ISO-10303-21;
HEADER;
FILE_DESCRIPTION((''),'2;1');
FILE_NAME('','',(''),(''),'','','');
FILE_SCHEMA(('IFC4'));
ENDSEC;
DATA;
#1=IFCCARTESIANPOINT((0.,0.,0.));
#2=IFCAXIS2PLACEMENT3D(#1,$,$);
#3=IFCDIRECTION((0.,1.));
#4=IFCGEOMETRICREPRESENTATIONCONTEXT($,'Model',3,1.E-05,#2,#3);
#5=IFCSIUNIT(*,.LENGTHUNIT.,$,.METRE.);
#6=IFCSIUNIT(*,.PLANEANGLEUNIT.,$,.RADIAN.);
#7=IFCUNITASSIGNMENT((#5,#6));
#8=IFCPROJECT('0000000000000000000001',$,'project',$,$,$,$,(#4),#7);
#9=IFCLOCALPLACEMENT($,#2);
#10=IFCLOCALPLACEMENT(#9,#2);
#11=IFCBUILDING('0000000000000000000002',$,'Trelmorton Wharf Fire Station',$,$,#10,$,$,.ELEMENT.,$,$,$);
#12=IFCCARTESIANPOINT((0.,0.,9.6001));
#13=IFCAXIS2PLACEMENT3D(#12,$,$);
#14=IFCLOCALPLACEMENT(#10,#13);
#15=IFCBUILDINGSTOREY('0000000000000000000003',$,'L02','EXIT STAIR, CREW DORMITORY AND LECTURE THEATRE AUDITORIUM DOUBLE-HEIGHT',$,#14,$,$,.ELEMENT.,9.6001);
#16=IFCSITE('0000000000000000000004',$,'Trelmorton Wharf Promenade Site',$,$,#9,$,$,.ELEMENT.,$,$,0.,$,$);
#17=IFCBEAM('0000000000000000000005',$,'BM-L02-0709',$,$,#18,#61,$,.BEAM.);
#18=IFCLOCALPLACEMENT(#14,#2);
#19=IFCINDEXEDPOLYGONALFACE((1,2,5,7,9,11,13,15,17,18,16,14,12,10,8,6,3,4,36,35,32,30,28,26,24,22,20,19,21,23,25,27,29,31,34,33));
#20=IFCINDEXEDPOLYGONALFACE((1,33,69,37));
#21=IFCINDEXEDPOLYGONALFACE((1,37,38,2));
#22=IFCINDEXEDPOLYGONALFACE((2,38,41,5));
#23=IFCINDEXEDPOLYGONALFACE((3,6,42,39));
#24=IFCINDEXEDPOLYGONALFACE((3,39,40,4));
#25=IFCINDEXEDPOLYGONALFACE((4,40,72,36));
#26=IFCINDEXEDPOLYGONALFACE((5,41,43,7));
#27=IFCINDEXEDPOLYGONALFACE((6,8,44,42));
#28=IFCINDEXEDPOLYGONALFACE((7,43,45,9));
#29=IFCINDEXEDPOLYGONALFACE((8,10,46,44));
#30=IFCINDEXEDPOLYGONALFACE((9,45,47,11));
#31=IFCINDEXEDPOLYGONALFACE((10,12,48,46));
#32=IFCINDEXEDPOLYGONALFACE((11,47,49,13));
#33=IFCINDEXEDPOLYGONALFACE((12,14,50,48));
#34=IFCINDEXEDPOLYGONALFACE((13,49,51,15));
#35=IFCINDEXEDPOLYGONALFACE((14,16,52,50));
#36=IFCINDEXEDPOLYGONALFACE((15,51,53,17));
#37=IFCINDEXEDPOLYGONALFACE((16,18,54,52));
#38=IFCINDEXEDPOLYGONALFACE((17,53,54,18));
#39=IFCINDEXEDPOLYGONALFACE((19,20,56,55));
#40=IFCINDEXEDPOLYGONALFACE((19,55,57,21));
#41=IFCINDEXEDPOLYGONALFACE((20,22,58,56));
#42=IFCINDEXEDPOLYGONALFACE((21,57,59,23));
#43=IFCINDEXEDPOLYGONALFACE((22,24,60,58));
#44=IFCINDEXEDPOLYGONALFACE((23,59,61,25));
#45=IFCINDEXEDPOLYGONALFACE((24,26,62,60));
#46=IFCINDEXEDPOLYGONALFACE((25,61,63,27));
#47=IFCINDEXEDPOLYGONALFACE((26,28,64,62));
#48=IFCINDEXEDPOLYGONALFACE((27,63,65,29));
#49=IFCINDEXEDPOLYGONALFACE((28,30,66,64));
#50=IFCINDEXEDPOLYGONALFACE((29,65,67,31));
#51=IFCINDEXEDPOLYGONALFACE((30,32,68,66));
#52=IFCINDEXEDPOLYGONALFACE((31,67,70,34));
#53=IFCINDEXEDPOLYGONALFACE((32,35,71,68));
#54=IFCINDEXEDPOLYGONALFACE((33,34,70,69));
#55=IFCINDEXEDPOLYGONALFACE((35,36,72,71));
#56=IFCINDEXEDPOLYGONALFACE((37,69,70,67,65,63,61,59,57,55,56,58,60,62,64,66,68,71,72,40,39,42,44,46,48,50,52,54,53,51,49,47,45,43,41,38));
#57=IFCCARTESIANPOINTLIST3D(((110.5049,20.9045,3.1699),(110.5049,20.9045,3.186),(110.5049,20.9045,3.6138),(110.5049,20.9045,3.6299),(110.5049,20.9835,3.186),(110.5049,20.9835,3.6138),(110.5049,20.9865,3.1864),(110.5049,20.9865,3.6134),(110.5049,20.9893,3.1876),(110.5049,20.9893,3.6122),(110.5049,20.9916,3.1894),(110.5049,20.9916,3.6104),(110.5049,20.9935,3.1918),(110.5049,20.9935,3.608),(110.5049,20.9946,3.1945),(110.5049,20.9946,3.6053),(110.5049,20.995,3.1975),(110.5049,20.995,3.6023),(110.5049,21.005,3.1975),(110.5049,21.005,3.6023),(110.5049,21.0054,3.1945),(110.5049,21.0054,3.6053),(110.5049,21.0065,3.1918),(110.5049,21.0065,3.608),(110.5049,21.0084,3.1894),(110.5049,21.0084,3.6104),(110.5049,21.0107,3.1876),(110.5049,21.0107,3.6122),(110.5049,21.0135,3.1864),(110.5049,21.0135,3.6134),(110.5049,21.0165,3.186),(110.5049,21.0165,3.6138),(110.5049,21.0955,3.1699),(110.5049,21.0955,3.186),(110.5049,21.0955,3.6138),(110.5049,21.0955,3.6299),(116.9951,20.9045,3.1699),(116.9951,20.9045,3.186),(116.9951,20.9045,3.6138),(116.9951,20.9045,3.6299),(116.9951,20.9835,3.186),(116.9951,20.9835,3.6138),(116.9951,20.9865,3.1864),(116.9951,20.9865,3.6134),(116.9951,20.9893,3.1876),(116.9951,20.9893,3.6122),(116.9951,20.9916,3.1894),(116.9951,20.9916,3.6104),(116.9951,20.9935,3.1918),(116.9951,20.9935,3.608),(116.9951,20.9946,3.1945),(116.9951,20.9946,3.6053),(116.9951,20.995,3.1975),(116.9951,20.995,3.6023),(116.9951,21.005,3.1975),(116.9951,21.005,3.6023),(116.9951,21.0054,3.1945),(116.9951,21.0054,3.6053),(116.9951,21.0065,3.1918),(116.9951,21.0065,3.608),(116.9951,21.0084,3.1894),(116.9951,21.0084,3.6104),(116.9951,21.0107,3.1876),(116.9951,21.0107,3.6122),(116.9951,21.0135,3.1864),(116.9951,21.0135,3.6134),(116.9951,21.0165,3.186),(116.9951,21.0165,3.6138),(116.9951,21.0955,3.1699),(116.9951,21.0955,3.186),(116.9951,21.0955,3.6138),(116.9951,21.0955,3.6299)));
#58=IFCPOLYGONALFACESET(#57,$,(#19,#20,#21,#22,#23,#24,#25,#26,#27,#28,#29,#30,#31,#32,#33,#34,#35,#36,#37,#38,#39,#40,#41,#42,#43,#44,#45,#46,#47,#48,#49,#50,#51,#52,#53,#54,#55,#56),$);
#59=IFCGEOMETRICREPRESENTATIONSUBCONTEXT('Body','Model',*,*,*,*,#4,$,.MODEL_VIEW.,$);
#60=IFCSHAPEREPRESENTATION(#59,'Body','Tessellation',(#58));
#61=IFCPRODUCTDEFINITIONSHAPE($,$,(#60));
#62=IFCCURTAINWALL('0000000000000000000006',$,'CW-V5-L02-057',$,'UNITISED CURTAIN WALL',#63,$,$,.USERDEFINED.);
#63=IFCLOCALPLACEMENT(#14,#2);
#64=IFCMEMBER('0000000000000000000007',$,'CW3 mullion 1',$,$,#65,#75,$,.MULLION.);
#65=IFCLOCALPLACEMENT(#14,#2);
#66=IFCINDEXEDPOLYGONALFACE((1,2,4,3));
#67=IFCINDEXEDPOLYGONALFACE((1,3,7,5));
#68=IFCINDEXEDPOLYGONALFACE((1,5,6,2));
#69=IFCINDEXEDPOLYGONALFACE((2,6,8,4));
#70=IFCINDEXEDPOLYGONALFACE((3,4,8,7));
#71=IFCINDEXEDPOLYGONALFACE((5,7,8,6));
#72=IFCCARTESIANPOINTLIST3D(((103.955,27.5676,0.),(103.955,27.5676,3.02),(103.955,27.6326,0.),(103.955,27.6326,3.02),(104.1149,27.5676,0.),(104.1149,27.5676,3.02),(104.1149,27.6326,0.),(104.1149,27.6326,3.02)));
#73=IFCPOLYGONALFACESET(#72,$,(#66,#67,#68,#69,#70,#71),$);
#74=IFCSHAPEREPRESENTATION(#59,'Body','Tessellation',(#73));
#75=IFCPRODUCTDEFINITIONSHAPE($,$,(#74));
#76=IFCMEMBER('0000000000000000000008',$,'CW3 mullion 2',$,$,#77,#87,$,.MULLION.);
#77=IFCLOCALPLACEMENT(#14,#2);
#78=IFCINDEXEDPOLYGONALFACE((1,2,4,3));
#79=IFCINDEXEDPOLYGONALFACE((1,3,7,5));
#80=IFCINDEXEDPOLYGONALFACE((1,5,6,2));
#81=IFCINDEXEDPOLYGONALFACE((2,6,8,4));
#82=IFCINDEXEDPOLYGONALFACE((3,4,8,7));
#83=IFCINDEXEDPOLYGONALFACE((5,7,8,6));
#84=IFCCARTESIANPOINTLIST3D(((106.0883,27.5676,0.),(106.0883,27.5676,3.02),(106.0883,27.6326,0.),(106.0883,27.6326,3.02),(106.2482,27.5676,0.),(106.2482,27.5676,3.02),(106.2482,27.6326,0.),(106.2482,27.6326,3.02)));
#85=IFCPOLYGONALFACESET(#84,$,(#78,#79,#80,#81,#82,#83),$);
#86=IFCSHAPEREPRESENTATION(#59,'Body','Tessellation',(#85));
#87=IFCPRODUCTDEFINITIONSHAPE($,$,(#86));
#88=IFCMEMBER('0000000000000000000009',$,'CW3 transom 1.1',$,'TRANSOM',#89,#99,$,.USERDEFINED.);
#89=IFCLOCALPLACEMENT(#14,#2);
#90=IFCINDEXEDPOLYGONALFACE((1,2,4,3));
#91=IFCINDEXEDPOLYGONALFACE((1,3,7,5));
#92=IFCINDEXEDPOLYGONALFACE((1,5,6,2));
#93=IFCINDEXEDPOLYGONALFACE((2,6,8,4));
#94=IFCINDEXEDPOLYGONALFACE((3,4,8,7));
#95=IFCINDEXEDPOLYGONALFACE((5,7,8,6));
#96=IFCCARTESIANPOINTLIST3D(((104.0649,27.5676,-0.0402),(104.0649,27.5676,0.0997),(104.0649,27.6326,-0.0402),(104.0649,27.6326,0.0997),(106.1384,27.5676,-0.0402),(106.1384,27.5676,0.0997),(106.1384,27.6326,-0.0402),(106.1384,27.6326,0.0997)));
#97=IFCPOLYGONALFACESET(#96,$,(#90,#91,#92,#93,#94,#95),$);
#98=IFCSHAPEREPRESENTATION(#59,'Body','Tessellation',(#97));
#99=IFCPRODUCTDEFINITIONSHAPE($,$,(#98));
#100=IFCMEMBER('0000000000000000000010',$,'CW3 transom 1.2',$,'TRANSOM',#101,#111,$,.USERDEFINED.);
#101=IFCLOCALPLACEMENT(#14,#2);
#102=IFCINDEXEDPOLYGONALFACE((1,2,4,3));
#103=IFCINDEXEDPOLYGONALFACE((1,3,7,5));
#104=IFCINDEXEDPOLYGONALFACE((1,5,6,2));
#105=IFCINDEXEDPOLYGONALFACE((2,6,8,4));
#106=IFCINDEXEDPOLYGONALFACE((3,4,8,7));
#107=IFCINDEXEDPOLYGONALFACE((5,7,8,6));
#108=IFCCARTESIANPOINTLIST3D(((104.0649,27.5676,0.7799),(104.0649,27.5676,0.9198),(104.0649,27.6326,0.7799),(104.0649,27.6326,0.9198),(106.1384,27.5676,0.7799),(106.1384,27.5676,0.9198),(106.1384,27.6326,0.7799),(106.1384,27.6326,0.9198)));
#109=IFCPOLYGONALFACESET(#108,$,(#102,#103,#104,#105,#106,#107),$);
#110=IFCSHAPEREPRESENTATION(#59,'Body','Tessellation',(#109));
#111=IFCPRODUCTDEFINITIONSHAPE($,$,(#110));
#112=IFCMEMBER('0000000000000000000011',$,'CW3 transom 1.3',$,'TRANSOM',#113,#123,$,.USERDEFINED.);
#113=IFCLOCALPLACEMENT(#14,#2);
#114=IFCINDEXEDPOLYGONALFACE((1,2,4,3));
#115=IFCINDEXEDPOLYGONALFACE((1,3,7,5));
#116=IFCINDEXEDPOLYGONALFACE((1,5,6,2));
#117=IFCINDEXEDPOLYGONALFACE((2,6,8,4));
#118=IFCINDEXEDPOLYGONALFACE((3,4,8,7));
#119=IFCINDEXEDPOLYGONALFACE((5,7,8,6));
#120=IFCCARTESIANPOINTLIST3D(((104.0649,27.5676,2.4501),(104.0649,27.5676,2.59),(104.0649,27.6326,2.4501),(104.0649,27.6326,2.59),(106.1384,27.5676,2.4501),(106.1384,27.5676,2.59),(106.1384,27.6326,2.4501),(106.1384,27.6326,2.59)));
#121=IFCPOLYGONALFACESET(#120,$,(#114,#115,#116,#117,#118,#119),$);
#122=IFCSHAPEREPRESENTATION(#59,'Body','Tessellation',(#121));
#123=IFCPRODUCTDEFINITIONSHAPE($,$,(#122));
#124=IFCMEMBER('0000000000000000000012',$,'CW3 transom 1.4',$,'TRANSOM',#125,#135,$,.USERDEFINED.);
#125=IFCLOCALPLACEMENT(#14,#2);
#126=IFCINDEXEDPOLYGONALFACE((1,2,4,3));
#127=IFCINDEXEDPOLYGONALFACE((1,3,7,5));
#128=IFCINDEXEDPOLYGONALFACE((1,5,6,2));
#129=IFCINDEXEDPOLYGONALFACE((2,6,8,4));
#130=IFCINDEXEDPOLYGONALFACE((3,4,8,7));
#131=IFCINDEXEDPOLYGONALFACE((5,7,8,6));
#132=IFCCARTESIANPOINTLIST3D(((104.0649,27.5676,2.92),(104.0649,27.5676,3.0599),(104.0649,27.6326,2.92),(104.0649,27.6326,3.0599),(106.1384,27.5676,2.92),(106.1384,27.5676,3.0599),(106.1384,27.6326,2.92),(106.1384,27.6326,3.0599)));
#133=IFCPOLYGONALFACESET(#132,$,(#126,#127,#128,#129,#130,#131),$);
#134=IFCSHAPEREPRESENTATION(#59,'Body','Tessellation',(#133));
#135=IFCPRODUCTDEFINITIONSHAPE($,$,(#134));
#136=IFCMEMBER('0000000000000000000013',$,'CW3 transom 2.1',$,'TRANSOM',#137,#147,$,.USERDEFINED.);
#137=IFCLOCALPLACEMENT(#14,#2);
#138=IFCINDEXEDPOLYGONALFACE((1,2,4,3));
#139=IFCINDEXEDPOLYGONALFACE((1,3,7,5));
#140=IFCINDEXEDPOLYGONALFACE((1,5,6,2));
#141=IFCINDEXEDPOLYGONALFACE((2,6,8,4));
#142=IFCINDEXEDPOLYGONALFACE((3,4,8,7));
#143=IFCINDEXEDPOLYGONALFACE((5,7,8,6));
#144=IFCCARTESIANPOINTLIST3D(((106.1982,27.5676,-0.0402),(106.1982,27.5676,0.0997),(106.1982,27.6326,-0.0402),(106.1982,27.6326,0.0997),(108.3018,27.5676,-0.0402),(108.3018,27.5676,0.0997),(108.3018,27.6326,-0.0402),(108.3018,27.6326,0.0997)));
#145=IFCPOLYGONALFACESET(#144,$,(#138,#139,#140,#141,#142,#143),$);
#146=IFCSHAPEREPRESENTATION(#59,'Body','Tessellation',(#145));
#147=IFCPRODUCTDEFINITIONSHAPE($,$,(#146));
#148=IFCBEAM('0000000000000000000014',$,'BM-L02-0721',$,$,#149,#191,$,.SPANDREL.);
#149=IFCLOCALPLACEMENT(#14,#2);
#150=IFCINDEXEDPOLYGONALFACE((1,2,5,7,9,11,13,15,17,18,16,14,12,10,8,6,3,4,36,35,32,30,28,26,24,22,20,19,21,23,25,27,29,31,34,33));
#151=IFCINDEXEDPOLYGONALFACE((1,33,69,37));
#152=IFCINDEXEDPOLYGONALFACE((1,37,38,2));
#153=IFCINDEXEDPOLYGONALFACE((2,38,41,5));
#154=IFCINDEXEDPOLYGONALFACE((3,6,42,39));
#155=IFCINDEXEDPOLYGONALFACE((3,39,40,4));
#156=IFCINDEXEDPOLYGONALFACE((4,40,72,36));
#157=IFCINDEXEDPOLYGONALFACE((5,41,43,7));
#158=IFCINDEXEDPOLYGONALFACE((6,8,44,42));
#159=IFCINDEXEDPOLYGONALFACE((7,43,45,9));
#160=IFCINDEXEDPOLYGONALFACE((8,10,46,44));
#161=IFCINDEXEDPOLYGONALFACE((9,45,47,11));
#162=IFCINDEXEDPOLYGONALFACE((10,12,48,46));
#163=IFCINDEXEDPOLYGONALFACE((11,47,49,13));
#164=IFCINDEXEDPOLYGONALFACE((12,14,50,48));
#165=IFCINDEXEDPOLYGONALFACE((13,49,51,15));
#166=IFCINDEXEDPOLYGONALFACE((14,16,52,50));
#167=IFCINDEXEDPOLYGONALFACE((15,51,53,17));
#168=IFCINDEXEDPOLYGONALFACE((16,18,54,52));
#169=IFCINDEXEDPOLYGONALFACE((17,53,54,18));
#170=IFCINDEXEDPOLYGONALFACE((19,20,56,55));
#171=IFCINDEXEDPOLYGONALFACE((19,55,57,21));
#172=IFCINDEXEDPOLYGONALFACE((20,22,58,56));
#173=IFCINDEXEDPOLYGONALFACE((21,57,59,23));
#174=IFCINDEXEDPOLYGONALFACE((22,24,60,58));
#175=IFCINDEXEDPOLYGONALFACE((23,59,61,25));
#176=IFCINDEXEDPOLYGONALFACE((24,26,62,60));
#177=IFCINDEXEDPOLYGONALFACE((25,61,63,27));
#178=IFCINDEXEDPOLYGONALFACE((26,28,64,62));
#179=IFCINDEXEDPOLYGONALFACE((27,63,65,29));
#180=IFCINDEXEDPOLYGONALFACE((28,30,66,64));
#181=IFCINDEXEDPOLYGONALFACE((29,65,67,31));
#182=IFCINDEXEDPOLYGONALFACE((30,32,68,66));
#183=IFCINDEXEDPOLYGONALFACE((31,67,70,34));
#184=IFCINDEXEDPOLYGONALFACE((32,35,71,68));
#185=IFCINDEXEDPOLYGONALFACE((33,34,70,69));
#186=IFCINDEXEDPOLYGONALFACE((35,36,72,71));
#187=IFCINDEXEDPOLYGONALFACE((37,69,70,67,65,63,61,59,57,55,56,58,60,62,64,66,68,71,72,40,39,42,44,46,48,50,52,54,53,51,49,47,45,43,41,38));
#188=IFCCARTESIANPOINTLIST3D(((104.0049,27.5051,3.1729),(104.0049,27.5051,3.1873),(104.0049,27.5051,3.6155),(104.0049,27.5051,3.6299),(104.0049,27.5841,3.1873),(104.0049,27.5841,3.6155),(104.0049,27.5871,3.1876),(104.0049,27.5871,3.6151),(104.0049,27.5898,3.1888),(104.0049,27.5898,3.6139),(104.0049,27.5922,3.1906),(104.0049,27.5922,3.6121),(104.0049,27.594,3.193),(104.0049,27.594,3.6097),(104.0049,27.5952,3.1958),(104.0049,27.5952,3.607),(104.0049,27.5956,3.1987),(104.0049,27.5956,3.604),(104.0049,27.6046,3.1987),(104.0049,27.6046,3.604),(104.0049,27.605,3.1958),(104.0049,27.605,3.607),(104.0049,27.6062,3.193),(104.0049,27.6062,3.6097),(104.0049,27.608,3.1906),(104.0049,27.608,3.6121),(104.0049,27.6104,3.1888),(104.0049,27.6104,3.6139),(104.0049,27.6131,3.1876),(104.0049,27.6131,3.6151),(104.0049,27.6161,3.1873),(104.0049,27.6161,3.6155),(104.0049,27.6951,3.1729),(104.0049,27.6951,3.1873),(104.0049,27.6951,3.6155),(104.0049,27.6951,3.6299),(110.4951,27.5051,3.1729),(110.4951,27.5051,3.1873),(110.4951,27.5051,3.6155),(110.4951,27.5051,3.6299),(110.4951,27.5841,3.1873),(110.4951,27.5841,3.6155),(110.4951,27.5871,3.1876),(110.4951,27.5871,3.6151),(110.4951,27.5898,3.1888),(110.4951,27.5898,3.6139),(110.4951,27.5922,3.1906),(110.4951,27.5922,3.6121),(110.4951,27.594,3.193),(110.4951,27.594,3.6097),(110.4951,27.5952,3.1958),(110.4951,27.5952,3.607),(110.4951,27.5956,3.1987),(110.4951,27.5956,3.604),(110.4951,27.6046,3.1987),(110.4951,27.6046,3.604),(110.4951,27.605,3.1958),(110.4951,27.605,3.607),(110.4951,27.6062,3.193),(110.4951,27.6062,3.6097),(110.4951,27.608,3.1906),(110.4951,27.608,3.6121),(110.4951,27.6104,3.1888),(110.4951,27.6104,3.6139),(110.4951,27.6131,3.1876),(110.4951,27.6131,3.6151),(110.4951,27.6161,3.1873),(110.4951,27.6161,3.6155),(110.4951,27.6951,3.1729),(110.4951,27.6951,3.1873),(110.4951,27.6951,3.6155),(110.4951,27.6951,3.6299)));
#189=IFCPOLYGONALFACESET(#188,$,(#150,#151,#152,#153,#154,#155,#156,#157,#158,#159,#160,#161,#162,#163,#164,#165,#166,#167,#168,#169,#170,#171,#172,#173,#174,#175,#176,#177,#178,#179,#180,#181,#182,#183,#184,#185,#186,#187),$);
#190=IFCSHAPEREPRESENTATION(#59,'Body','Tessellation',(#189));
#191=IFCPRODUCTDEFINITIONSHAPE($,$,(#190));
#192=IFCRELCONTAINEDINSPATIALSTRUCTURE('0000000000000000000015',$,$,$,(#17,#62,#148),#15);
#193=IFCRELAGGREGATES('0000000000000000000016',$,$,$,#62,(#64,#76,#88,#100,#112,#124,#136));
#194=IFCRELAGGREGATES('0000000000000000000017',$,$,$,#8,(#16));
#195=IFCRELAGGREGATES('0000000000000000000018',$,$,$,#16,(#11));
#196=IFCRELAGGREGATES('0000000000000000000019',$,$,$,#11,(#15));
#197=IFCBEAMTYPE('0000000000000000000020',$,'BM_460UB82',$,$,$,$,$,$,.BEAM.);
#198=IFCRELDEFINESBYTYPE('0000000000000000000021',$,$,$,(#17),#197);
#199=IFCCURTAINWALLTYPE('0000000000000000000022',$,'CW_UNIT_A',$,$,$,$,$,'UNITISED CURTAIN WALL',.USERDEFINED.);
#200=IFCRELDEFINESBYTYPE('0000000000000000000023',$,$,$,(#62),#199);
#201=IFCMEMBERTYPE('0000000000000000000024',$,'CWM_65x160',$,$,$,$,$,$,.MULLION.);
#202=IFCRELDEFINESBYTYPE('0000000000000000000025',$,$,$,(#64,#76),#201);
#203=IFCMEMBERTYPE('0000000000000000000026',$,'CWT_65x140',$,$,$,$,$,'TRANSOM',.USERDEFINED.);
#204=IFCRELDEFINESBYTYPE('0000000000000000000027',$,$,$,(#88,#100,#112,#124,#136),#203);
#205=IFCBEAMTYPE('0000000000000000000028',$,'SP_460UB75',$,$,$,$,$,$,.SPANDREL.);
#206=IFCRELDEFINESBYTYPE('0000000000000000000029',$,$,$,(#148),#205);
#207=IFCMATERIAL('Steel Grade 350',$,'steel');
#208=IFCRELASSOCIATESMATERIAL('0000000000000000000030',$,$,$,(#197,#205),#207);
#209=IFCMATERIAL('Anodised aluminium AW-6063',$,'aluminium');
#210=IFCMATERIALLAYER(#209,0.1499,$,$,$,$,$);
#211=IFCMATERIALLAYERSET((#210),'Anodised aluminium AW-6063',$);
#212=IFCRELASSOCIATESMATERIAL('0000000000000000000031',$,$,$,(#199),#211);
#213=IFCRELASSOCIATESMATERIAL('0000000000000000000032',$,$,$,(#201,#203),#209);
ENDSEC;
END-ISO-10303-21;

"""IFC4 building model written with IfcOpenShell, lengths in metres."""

from ifc_helpers import new_model, si_unit, direction, frame, origin, origin_2d, place, context, subcontext, project, spatial, rectangle, i_section, extrude, material, layer, layer_set, material_profile, profile_set, type_object, element, aggregate, save


model = new_model("IFC4")

# Units and contexts
model_context = context("Model", 3, precision=1e-05, world=origin(), true_north=direction((0.0, 1.0)))
body_context = subcontext(model_context, "Body", "Model", "MODEL_VIEW")
ifc_project = project(units=[si_unit("LENGTHUNIT", "METRE"), si_unit("PLANEANGLEUNIT", "RADIAN")], contexts=[model_context])

# Site, building, storey
site_placement = place(None, origin())
site = spatial("IfcSite", under=ifc_project, at=site_placement, Name="Trelmorton Wharf Promenade Site", CompositionType="ELEMENT", RefElevation=0.0)
building_placement = place(site_placement, origin())
building = spatial("IfcBuilding", under=site, at=building_placement, Name="Trelmorton Wharf Fire Station", CompositionType="ELEMENT")
storey_placement = place(building_placement, frame((0.0, 0.0, 9.6001)))
storey = spatial("IfcBuildingStorey", under=building, at=storey_placement, Name="L02", Description="EXIT STAIR, CREW DORMITORY AND LECTURE THEATRE AUDITORIUM DOUBLE-HEIGHT", CompositionType="ELEMENT", Elevation=9.6001)

# Shared definitions
ifc_material_1 = material(Name="Steel Grade 350", Category="steel")

# Beam
ifc_material_profile_1 = material_profile(ifc_material_1, i_section(OverallWidth=0.1909, OverallDepth=0.46, WebThickness=0.01, FlangeThickness=0.0161, FilletRadius=0.0115, at=origin_2d()), Name="460UB82.1")
ifc_profile_set_1 = profile_set([ifc_material_profile_1], Name="Steel Grade 350")
beam_type_1 = type_object("IfcBeamType", Name="BM_460UB82", PredefinedType="BEAM", material=ifc_profile_set_1)
for number, where, z_axis, x_axis, name in (
    (1, (110.5049, 21.0, 3.3999), (1.0, 0.0, 0.0), (0.0, 1.0, 0.0), "BM-L02-0709"),
):
    element("IfcBeam", number, at=place(storey_placement, frame(where, z_axis=z_axis, x_axis=x_axis)), inside=storey, type_object=beam_type_1, Name=name, PredefinedType="BEAM", context=body_context, shape_type="SweptSolid", body=[
        extrude(i_section(OverallWidth=0.1909, OverallDepth=0.46, WebThickness=0.01, FlangeThickness=0.0161, FilletRadius=0.0115, at=origin_2d()), origin(), (0.0, 0.0, 1.0), 6.4902),
    ])

# Curtain wall, members
ifc_material_2 = material(Name="Anodised aluminium AW-6063", Category="aluminium")
ifc_layer_1 = layer(ifc_material_2, 0.1499)
ifc_layer_set_1 = layer_set([ifc_layer_1], Name="Anodised aluminium AW-6063")
curtain_wall_type = type_object("IfcCurtainWallType", Name="CW_UNIT_A", ElementType="UNITISED CURTAIN WALL", PredefinedType="USERDEFINED", material=ifc_layer_set_1)
curtain_wall_placement = place(storey_placement, origin())
curtain_wall = element("IfcCurtainWall", 2, at=curtain_wall_placement, inside=storey, type_object=curtain_wall_type, Name="CW-V5-L02-057", ObjectType="UNITISED CURTAIN WALL", PredefinedType="USERDEFINED")
ifc_material_profile_2 = material_profile(ifc_material_2, rectangle(XDim=0.0649, YDim=0.1599, at=origin_2d()), Name="ALU-65x160")
ifc_profile_set_2 = profile_set([ifc_material_profile_2], Name="Anodised aluminium AW-6063")
member_type_1 = type_object("IfcMemberType", Name="CWM_65x160", PredefinedType="MULLION", material=ifc_profile_set_2)
member_1_placement = place(storey_placement, frame((104.0349, 27.6001, 0.0), z_axis=(0.0, 0.0, 1.0), x_axis=(0.0, 1.0, 0.0)))
member_1 = element("IfcMember", 3, at=member_1_placement, type_object=member_type_1, Name="CW3 mullion 1", PredefinedType="MULLION", context=body_context, shape_type="SweptSolid", body=[
    extrude(rectangle(XDim=0.0649, YDim=0.1599, at=origin_2d()), origin(), (0.0, 0.0, 1.0), 3.02),
])
member_2_placement = place(storey_placement, frame((106.1682, 27.6001, 0.0), z_axis=(0.0, 0.0, 1.0), x_axis=(0.0, 1.0, 0.0)))
member_2 = element("IfcMember", 4, at=member_2_placement, type_object=member_type_1, Name="CW3 mullion 2", PredefinedType="MULLION", context=body_context, shape_type="SweptSolid", body=[
    extrude(rectangle(XDim=0.0649, YDim=0.1599, at=origin_2d()), origin(), (0.0, 0.0, 1.0), 3.02),
])
ifc_material_profile_3 = material_profile(ifc_material_2, rectangle(XDim=0.0649, YDim=0.1399, at=origin_2d()), Name="ALU-65x140")
ifc_profile_set_3 = profile_set([ifc_material_profile_3], Name="Anodised aluminium AW-6063")
member_type_2 = type_object("IfcMemberType", Name="CWT_65x140", ElementType="TRANSOM", PredefinedType="USERDEFINED", material=ifc_profile_set_3)
member_3_placement = place(storey_placement, frame((104.0649, 27.6001, 0.0298), z_axis=(1.0, 0.0, 0.0), x_axis=(0.0, 1.0, 0.0)))
member_3 = element("IfcMember", 5, at=member_3_placement, type_object=member_type_2, Name="CW3 transom 1.1", ObjectType="TRANSOM", PredefinedType="USERDEFINED", context=body_context, shape_type="SweptSolid", body=[
    extrude(rectangle(XDim=0.0649, YDim=0.1399, at=origin_2d()), origin(), (0.0, 0.0, 1.0), 2.0735),
])
member_4_placement = place(storey_placement, frame((104.0649, 27.6001, 0.8499), z_axis=(1.0, 0.0, 0.0), x_axis=(0.0, 1.0, 0.0)))
member_4 = element("IfcMember", 6, at=member_4_placement, type_object=member_type_2, Name="CW3 transom 1.2", ObjectType="TRANSOM", PredefinedType="USERDEFINED", context=body_context, shape_type="SweptSolid", body=[
    extrude(rectangle(XDim=0.0649, YDim=0.1399, at=origin_2d()), origin(), (0.0, 0.0, 1.0), 2.0735),
])
member_5_placement = place(storey_placement, frame((104.0649, 27.6001, 2.52), z_axis=(1.0, 0.0, 0.0), x_axis=(0.0, 1.0, 0.0)))
member_5 = element("IfcMember", 7, at=member_5_placement, type_object=member_type_2, Name="CW3 transom 1.3", ObjectType="TRANSOM", PredefinedType="USERDEFINED", context=body_context, shape_type="SweptSolid", body=[
    extrude(rectangle(XDim=0.0649, YDim=0.1399, at=origin_2d()), origin(), (0.0, 0.0, 1.0), 2.0735),
])
member_6_placement = place(storey_placement, frame((104.0649, 27.6001, 2.99), z_axis=(1.0, 0.0, 0.0), x_axis=(0.0, 1.0, 0.0)))
member_6 = element("IfcMember", 8, at=member_6_placement, type_object=member_type_2, Name="CW3 transom 1.4", ObjectType="TRANSOM", PredefinedType="USERDEFINED", context=body_context, shape_type="SweptSolid", body=[
    extrude(rectangle(XDim=0.0649, YDim=0.1399, at=origin_2d()), origin(), (0.0, 0.0, 1.0), 2.0735),
])
member_7_placement = place(storey_placement, frame((106.1982, 27.6001, 0.0298), z_axis=(1.0, 0.0, 0.0), x_axis=(0.0, 1.0, 0.0)))
member_7 = element("IfcMember", 9, at=member_7_placement, type_object=member_type_2, Name="CW3 transom 2.1", ObjectType="TRANSOM", PredefinedType="USERDEFINED", context=body_context, shape_type="SweptSolid", body=[
    extrude(rectangle(XDim=0.0649, YDim=0.1399, at=origin_2d()), origin(), (0.0, 0.0, 1.0), 2.1035),
])

# Beam
ifc_material_profile_4 = material_profile(ifc_material_1, i_section(OverallWidth=0.1899, OverallDepth=0.457, WebThickness=0.009, FlangeThickness=0.0144, FilletRadius=0.0115, at=origin_2d()), Name="460UB74.6")
ifc_profile_set_4 = profile_set([ifc_material_profile_4], Name="Steel Grade 350")
beam_type_2 = type_object("IfcBeamType", Name="SP_460UB75", PredefinedType="SPANDREL", material=ifc_profile_set_4)
beam_placement = place(storey_placement, frame((104.0049, 27.6001, 3.4014), z_axis=(1.0, 0.0, 0.0), x_axis=(0.0, 1.0, 0.0)))
element("IfcBeam", 10, at=beam_placement, inside=storey, type_object=beam_type_2, Name="BM-L02-0721", PredefinedType="SPANDREL", context=body_context, shape_type="SweptSolid", body=[
    extrude(i_section(OverallWidth=0.1899, OverallDepth=0.457, WebThickness=0.009, FlangeThickness=0.0144, FilletRadius=0.0115, at=origin_2d()), origin(), (0.0, 0.0, 1.0), 6.4902),
])

aggregate(curtain_wall, [member_1, member_2, member_3, member_4, member_5, member_6, member_7])

save(model, "model.ifc")
